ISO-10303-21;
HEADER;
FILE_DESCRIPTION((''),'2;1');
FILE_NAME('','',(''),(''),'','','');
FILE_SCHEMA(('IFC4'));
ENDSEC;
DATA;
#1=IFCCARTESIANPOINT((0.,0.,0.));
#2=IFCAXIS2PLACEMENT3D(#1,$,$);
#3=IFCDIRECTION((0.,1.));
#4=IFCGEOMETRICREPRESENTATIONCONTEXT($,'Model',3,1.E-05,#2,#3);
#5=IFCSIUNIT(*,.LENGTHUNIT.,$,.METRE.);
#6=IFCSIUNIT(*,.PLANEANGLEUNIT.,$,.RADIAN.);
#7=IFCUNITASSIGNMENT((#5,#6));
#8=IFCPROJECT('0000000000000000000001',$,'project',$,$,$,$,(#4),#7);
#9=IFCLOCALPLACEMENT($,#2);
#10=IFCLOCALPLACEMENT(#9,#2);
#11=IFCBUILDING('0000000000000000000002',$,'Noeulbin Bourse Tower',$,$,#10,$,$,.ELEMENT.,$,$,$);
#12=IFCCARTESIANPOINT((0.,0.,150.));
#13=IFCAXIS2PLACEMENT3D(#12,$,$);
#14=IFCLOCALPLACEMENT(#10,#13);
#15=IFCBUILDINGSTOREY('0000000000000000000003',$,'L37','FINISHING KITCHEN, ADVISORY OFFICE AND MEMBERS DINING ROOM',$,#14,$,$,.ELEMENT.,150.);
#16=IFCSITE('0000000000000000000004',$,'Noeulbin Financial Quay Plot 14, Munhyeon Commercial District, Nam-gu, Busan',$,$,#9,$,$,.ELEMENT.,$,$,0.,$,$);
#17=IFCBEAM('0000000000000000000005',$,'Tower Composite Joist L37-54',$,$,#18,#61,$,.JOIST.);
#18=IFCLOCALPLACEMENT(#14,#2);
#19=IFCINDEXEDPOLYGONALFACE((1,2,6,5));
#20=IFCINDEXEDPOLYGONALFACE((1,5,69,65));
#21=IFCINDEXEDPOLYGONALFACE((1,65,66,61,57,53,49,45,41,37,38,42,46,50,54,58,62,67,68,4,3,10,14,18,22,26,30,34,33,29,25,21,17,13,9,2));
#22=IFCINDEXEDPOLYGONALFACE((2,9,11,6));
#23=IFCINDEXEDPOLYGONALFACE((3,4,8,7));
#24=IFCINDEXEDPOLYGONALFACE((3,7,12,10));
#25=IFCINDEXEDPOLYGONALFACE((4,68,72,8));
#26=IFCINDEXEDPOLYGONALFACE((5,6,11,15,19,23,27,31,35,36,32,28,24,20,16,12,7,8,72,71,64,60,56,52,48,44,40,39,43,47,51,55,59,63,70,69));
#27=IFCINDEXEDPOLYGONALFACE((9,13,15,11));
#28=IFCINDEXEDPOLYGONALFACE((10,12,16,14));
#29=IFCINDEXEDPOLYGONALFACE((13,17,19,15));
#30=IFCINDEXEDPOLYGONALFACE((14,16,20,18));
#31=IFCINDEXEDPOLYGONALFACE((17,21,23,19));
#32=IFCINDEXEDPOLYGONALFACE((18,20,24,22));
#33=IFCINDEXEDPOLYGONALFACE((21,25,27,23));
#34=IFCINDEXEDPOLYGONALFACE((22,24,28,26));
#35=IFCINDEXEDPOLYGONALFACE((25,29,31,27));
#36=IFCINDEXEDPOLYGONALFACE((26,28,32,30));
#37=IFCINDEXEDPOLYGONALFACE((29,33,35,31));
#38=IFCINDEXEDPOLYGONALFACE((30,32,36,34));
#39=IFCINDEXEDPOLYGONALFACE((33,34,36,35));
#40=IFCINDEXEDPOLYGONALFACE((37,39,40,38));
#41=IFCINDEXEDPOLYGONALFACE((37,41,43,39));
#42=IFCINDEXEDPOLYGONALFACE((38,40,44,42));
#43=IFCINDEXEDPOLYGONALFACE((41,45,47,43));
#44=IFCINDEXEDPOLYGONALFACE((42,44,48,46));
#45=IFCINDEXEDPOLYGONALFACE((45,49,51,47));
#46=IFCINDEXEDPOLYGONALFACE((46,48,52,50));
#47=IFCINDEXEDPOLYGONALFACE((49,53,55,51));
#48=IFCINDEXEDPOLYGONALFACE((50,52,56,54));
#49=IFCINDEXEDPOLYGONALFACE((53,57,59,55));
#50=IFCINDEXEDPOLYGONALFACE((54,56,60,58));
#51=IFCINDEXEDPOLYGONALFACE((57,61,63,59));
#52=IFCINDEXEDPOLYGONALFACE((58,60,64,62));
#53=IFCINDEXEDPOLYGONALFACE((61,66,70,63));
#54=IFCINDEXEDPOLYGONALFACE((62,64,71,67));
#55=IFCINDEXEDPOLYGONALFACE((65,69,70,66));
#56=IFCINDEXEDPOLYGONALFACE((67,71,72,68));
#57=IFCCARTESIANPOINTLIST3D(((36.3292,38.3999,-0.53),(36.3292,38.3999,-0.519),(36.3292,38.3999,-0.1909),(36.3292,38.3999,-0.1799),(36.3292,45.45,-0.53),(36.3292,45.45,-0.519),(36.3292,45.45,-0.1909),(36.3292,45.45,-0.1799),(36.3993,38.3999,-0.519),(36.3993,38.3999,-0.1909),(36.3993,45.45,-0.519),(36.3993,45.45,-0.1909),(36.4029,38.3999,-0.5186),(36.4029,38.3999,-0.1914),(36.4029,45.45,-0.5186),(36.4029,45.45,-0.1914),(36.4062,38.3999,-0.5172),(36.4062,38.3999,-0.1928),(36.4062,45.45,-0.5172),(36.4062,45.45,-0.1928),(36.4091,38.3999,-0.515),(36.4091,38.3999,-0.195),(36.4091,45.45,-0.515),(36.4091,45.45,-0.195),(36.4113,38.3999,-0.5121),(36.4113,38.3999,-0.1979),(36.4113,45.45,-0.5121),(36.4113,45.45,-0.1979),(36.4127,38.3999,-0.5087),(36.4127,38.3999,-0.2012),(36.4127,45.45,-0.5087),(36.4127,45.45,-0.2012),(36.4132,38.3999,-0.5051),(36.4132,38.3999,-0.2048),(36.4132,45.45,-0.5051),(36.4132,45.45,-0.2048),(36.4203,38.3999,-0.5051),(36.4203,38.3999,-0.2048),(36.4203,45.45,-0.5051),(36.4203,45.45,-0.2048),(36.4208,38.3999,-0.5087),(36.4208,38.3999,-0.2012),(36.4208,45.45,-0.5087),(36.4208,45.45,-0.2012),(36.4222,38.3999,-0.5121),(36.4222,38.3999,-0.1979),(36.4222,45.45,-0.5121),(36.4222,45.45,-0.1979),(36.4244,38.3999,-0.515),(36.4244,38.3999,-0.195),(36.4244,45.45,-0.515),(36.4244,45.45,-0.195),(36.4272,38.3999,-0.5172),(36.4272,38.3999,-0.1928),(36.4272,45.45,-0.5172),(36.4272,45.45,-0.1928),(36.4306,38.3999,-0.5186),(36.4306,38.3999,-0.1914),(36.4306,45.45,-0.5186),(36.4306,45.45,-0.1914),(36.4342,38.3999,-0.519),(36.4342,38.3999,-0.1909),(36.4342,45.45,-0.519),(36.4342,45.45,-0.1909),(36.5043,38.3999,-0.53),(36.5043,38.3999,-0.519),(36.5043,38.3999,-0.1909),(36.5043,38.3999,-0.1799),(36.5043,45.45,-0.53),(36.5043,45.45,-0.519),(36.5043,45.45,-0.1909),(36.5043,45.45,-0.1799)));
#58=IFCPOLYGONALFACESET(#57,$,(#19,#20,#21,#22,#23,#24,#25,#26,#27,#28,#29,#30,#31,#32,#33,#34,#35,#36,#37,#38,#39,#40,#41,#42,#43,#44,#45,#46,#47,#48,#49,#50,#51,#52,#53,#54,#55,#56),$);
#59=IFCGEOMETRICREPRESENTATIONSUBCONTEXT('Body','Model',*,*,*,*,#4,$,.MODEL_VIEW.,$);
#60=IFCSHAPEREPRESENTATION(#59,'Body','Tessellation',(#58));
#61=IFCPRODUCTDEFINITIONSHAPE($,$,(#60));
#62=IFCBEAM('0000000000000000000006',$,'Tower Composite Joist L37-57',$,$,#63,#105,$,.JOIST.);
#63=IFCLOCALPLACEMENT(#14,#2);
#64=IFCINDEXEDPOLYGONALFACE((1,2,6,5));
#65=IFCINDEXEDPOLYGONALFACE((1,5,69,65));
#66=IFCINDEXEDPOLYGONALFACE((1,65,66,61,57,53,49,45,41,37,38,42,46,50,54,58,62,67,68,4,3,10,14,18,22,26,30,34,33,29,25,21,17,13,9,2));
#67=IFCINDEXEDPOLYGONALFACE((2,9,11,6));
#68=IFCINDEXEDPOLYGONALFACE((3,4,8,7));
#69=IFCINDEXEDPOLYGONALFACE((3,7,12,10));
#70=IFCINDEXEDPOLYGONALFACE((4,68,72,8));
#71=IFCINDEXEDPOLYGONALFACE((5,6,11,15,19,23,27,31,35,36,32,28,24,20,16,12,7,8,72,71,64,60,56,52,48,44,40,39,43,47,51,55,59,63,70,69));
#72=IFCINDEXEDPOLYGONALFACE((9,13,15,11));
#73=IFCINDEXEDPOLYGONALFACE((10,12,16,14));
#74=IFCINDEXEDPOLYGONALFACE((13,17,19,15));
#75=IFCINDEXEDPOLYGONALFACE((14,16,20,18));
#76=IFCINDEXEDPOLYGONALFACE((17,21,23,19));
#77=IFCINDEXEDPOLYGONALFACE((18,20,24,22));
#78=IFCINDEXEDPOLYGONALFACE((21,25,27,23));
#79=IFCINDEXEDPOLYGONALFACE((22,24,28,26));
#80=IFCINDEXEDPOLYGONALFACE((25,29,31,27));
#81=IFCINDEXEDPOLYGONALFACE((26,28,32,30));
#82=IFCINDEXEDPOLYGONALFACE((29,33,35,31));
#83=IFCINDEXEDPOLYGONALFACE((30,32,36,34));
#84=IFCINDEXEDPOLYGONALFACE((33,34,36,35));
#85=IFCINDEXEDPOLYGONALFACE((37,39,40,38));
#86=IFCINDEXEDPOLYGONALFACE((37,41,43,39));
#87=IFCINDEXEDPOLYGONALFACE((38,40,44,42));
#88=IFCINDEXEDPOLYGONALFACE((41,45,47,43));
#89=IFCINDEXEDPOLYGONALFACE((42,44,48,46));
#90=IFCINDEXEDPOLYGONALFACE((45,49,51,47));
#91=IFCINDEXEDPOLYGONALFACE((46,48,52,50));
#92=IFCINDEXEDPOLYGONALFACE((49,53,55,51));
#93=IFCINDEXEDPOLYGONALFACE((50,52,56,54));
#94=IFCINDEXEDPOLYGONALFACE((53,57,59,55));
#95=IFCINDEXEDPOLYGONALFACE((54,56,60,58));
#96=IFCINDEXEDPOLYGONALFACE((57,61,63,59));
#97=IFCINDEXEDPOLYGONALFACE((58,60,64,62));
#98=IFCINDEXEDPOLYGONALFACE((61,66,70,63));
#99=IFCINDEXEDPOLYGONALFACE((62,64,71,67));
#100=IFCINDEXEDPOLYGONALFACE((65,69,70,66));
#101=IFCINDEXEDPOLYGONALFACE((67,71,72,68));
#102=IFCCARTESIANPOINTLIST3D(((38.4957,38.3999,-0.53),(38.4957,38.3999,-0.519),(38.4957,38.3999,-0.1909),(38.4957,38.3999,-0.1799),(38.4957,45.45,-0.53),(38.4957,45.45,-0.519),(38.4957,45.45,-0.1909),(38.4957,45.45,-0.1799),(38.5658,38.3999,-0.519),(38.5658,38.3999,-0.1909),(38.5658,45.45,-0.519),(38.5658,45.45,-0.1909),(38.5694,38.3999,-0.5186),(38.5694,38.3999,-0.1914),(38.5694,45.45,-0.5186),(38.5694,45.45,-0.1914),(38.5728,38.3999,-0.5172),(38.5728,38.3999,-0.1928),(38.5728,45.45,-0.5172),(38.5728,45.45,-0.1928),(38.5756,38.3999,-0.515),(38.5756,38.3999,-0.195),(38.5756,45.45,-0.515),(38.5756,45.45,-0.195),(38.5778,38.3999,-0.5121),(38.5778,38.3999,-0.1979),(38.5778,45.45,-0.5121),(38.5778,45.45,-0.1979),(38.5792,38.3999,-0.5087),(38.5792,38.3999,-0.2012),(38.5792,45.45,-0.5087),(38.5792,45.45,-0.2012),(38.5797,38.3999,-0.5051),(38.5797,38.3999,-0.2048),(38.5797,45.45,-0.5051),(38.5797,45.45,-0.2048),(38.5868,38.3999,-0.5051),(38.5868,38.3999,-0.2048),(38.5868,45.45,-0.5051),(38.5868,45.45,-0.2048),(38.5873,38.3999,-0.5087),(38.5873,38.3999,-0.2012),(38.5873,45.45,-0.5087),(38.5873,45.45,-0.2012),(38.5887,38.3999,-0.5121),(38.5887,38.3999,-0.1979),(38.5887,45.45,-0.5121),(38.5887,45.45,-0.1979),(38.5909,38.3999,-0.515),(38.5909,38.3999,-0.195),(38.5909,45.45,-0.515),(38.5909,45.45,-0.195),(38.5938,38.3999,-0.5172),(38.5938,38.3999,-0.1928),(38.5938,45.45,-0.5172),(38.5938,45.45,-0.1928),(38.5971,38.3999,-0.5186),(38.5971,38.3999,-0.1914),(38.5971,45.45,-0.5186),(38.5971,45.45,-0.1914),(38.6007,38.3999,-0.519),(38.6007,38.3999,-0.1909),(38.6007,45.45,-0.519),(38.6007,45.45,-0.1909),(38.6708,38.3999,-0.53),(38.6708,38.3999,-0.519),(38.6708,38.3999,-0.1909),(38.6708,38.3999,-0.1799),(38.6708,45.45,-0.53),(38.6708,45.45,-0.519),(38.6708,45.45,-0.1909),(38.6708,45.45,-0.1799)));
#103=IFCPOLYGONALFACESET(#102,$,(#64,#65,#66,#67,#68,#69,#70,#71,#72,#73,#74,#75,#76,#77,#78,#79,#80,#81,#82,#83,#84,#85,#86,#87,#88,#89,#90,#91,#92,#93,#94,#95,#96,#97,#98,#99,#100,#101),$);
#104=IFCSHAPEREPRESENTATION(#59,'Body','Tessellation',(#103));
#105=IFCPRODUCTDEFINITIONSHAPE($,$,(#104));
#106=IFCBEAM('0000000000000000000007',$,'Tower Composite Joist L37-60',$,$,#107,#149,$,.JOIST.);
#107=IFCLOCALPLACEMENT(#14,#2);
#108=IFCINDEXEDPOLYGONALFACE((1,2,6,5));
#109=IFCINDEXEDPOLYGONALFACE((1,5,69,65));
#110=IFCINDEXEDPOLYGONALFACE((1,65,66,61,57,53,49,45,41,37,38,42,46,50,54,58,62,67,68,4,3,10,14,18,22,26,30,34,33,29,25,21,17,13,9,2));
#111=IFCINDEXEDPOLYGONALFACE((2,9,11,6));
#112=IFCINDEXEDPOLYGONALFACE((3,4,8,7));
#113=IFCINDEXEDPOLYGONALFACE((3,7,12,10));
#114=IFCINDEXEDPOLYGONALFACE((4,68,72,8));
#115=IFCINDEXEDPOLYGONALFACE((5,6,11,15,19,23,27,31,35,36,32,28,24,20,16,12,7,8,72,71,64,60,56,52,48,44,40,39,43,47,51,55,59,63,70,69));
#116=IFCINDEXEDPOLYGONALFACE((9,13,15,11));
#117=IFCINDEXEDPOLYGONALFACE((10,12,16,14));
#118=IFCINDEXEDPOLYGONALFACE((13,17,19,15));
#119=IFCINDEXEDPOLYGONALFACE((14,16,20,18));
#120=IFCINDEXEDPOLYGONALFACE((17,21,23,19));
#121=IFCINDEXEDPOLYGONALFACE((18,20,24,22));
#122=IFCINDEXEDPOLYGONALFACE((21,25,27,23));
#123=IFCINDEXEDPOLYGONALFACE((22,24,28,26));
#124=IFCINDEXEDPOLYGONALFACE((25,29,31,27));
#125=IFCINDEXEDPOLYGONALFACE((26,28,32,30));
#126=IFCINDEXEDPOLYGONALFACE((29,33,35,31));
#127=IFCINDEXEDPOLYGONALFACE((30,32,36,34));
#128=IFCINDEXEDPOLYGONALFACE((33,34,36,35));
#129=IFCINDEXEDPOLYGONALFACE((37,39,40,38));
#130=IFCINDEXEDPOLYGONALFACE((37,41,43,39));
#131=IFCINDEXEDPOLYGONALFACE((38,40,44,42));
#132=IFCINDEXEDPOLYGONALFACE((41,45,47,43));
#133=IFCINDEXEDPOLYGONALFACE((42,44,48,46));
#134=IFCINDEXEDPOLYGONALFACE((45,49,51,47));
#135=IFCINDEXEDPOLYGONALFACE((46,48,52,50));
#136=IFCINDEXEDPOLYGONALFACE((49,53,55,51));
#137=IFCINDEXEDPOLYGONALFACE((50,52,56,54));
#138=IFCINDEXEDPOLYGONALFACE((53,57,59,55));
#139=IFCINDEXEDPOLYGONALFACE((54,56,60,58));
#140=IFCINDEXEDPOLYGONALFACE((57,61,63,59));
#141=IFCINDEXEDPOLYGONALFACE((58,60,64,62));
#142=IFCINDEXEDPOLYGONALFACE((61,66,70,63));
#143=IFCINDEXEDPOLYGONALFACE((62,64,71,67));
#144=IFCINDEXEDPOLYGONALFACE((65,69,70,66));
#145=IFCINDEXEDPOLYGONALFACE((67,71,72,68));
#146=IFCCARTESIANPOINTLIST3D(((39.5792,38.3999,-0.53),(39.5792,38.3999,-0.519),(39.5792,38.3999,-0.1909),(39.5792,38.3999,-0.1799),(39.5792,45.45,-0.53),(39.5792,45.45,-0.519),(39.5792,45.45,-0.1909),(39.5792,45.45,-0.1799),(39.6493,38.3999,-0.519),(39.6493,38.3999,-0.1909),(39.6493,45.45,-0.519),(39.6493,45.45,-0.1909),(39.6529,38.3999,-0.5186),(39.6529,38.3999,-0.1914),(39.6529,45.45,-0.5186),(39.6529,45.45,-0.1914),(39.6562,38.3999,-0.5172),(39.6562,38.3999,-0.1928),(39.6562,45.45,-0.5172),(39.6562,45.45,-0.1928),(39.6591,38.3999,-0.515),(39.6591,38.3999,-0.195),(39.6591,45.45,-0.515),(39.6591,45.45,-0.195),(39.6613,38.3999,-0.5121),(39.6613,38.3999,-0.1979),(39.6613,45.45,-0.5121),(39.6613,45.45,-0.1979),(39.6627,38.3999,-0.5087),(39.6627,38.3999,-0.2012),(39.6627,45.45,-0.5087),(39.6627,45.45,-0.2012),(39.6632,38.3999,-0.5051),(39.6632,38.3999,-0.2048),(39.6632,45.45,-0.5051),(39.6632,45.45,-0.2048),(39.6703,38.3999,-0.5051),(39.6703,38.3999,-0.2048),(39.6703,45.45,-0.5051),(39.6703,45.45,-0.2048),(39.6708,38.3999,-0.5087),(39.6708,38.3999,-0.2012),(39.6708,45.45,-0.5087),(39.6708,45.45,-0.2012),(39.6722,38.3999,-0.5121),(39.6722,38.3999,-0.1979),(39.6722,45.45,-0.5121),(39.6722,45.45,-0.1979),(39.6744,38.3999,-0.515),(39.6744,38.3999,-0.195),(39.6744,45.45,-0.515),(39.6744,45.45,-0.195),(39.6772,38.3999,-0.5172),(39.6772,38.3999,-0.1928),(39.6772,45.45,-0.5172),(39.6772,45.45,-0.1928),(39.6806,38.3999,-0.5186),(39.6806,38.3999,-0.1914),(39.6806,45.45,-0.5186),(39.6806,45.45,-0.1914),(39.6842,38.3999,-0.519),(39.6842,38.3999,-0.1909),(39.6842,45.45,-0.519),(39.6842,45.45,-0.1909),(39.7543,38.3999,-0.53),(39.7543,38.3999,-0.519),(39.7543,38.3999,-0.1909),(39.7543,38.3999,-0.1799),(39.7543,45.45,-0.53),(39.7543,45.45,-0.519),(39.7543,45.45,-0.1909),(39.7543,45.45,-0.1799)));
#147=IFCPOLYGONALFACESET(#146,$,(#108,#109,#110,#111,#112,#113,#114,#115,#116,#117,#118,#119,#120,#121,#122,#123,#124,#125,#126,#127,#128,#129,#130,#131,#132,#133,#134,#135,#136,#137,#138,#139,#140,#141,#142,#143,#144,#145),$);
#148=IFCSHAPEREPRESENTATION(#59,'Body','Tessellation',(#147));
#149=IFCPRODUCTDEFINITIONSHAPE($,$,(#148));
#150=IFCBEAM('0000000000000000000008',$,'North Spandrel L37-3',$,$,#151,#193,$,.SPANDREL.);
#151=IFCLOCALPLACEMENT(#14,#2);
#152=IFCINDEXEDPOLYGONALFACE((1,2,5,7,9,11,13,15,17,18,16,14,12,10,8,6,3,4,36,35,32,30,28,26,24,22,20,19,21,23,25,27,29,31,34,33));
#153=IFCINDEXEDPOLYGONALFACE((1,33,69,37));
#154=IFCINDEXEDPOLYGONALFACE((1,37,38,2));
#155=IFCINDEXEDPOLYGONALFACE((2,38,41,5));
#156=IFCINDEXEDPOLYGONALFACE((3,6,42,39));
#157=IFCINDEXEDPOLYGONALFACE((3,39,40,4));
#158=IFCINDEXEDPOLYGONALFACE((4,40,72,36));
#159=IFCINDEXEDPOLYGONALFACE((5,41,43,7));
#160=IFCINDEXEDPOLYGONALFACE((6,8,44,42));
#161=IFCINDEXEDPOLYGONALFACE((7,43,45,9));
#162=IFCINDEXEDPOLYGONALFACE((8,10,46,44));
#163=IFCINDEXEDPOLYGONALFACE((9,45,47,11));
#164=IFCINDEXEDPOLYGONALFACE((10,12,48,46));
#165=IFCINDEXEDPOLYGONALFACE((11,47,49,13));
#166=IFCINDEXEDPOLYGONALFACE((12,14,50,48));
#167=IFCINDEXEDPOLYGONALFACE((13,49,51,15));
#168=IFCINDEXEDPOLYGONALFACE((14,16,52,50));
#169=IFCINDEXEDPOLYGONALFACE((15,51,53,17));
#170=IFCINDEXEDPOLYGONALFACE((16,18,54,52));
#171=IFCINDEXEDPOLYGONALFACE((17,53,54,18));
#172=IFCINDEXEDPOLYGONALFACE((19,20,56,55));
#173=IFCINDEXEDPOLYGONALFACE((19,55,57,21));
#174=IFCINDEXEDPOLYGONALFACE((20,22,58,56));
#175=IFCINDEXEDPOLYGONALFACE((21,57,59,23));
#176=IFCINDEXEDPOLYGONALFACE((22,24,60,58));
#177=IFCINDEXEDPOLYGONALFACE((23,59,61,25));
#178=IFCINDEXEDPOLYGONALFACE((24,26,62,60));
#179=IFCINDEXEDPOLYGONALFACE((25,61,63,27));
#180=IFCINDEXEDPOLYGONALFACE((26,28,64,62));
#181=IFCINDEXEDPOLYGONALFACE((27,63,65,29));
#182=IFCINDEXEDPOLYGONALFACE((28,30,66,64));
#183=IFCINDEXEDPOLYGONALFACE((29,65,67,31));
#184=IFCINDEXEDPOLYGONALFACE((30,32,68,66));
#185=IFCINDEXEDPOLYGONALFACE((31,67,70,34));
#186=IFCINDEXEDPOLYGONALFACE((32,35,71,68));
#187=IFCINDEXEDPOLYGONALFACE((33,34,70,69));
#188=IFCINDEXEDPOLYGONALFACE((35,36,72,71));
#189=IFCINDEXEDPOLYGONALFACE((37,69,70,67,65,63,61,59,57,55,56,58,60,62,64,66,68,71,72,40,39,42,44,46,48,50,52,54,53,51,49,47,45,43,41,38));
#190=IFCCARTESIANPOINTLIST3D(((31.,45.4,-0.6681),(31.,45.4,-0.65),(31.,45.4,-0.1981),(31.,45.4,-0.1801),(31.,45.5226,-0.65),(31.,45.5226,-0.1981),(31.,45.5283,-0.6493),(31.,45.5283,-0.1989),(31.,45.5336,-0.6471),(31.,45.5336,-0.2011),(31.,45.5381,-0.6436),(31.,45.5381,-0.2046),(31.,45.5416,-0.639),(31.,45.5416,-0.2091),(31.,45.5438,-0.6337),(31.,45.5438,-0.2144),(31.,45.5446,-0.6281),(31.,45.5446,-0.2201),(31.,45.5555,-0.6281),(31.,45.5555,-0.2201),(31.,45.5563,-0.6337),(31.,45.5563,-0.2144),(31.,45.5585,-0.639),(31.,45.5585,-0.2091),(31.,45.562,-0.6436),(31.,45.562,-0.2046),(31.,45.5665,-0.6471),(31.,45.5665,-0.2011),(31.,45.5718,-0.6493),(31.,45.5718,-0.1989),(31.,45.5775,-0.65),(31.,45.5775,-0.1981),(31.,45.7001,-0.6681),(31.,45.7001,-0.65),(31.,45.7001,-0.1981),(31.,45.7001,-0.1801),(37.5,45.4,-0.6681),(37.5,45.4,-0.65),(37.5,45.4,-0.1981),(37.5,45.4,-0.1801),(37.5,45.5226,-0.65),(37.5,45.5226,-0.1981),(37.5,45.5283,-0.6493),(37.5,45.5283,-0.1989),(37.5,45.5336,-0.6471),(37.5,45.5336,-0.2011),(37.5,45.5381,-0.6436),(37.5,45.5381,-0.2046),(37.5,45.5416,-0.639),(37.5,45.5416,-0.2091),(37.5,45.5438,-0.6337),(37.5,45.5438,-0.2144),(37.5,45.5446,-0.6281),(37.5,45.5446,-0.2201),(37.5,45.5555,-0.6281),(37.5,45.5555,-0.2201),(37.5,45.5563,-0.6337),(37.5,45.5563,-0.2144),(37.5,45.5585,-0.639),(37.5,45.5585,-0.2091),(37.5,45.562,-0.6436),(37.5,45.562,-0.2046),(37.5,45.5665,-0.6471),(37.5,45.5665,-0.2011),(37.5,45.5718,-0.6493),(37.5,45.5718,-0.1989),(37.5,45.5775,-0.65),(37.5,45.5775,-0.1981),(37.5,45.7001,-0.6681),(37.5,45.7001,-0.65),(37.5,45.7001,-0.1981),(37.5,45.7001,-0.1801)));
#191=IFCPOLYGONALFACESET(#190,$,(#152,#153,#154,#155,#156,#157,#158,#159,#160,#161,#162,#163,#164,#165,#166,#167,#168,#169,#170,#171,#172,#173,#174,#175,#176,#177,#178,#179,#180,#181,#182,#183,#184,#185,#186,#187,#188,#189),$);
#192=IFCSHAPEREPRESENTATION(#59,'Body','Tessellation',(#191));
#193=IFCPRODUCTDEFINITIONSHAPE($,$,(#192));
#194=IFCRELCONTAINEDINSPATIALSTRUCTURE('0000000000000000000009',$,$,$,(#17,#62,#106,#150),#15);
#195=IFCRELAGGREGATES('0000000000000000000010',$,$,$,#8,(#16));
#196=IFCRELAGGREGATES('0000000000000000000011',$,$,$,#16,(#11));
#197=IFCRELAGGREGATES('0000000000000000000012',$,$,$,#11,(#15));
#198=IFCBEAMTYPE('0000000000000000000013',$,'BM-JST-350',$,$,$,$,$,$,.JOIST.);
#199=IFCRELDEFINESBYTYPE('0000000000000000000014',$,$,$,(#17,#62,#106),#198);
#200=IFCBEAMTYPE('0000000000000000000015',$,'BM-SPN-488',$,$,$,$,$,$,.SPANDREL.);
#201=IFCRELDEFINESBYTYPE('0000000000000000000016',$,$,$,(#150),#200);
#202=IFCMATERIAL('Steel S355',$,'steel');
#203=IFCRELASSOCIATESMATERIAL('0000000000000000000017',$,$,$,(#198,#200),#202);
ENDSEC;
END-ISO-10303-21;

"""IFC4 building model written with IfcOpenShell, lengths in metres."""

from ifc_helpers import new_model, si_unit, direction, frame, origin, origin_2d, place, context, subcontext, project, spatial, i_section, extrude, material, material_profile, profile_set, type_object, element, save


model = new_model("IFC4")

# Units and contexts
model_context = context("Model", 3, precision=1e-05, world=origin(), true_north=direction((0.0, 1.0)))
body_context = subcontext(model_context, "Body", "Model", "MODEL_VIEW")
ifc_project = project(units=[si_unit("LENGTHUNIT", "METRE"), si_unit("PLANEANGLEUNIT", "RADIAN")], contexts=[model_context])

# Site, building, storey
site_placement = place(None, origin())
site = spatial("IfcSite", under=ifc_project, at=site_placement, Name="Noeulbin Financial Quay Plot 14, Munhyeon Commercial District, Nam-gu, Busan", CompositionType="ELEMENT", RefElevation=0.0)
building_placement = place(site_placement, origin())
building = spatial("IfcBuilding", under=site, at=building_placement, Name="Noeulbin Bourse Tower", CompositionType="ELEMENT")
storey_placement = place(building_placement, frame((0.0, 0.0, 150.0)))
storey = spatial("IfcBuildingStorey", under=building, at=storey_placement, Name="L37", Description="FINISHING KITCHEN, ADVISORY OFFICE AND MEMBERS DINING ROOM", CompositionType="ELEMENT", Elevation=150.0)

# Shared definitions
ifc_material_1 = material(Name="Steel S355", Category="steel")

# Beams
ifc_material_profile_1 = material_profile(ifc_material_1, i_section(OverallWidth=0.175, OverallDepth=0.3501, WebThickness=0.0071, FlangeThickness=0.011, FilletRadius=0.0139, at=origin_2d()), Name="H-350x175x7x11", Category="LoadBearing")
ifc_profile_set_1 = profile_set([ifc_material_profile_1], Name="Steel S355")
beam_type_1 = type_object("IfcBeamType", Name="BM-JST-350", PredefinedType="JOIST", material=ifc_profile_set_1)
for number, where, z_axis, x_axis, name in (
    (1, (36.4167, 38.3999, -0.355), (0.0, 1.0, 0.0), (-1.0, 0.0, 0.0), "Tower Composite Joist L37-54"),
    (2, (38.5833, 38.3999, -0.355), (0.0, 1.0, 0.0), (-1.0, 0.0, 0.0), "Tower Composite Joist L37-57"),
    (3, (39.6667, 38.3999, -0.355), (0.0, 1.0, 0.0), (-1.0, 0.0, 0.0), "Tower Composite Joist L37-60"),
):
    element("IfcBeam", number, at=place(storey_placement, frame(where, z_axis=z_axis, x_axis=x_axis)), inside=storey, type_object=beam_type_1, Name=name, PredefinedType="JOIST", context=body_context, shape_type="SweptSolid", body=[
        extrude(i_section(OverallWidth=0.175, OverallDepth=0.3501, WebThickness=0.0071, FlangeThickness=0.011, FilletRadius=0.0139, at=origin_2d()), origin(), (0.0, 0.0, 1.0), 7.05),
    ])
ifc_material_profile_2 = material_profile(ifc_material_1, i_section(OverallWidth=0.3, OverallDepth=0.488, WebThickness=0.011, FlangeThickness=0.0181, FilletRadius=0.022, at=origin_2d()), Name="H-488x300x11x18", Category="LoadBearing")
ifc_profile_set_2 = profile_set([ifc_material_profile_2], Name="Steel S355")
beam_type_2 = type_object("IfcBeamType", Name="BM-SPN-488", PredefinedType="SPANDREL", material=ifc_profile_set_2)
for number, where, z_axis, x_axis, name in (
    (4, (31.0, 45.55, -0.4241), (1.0, 0.0, 0.0), (0.0, 1.0, 0.0), "North Spandrel L37-3"),
):
    element("IfcBeam", number, at=place(storey_placement, frame(where, z_axis=z_axis, x_axis=x_axis)), inside=storey, type_object=beam_type_2, Name=name, PredefinedType="SPANDREL", context=body_context, shape_type="SweptSolid", body=[
        extrude(i_section(OverallWidth=0.3, OverallDepth=0.488, WebThickness=0.011, FlangeThickness=0.0181, FilletRadius=0.022, at=origin_2d()), origin(), (0.0, 0.0, 1.0), 6.5),
    ])

save(model, "model.ifc")
